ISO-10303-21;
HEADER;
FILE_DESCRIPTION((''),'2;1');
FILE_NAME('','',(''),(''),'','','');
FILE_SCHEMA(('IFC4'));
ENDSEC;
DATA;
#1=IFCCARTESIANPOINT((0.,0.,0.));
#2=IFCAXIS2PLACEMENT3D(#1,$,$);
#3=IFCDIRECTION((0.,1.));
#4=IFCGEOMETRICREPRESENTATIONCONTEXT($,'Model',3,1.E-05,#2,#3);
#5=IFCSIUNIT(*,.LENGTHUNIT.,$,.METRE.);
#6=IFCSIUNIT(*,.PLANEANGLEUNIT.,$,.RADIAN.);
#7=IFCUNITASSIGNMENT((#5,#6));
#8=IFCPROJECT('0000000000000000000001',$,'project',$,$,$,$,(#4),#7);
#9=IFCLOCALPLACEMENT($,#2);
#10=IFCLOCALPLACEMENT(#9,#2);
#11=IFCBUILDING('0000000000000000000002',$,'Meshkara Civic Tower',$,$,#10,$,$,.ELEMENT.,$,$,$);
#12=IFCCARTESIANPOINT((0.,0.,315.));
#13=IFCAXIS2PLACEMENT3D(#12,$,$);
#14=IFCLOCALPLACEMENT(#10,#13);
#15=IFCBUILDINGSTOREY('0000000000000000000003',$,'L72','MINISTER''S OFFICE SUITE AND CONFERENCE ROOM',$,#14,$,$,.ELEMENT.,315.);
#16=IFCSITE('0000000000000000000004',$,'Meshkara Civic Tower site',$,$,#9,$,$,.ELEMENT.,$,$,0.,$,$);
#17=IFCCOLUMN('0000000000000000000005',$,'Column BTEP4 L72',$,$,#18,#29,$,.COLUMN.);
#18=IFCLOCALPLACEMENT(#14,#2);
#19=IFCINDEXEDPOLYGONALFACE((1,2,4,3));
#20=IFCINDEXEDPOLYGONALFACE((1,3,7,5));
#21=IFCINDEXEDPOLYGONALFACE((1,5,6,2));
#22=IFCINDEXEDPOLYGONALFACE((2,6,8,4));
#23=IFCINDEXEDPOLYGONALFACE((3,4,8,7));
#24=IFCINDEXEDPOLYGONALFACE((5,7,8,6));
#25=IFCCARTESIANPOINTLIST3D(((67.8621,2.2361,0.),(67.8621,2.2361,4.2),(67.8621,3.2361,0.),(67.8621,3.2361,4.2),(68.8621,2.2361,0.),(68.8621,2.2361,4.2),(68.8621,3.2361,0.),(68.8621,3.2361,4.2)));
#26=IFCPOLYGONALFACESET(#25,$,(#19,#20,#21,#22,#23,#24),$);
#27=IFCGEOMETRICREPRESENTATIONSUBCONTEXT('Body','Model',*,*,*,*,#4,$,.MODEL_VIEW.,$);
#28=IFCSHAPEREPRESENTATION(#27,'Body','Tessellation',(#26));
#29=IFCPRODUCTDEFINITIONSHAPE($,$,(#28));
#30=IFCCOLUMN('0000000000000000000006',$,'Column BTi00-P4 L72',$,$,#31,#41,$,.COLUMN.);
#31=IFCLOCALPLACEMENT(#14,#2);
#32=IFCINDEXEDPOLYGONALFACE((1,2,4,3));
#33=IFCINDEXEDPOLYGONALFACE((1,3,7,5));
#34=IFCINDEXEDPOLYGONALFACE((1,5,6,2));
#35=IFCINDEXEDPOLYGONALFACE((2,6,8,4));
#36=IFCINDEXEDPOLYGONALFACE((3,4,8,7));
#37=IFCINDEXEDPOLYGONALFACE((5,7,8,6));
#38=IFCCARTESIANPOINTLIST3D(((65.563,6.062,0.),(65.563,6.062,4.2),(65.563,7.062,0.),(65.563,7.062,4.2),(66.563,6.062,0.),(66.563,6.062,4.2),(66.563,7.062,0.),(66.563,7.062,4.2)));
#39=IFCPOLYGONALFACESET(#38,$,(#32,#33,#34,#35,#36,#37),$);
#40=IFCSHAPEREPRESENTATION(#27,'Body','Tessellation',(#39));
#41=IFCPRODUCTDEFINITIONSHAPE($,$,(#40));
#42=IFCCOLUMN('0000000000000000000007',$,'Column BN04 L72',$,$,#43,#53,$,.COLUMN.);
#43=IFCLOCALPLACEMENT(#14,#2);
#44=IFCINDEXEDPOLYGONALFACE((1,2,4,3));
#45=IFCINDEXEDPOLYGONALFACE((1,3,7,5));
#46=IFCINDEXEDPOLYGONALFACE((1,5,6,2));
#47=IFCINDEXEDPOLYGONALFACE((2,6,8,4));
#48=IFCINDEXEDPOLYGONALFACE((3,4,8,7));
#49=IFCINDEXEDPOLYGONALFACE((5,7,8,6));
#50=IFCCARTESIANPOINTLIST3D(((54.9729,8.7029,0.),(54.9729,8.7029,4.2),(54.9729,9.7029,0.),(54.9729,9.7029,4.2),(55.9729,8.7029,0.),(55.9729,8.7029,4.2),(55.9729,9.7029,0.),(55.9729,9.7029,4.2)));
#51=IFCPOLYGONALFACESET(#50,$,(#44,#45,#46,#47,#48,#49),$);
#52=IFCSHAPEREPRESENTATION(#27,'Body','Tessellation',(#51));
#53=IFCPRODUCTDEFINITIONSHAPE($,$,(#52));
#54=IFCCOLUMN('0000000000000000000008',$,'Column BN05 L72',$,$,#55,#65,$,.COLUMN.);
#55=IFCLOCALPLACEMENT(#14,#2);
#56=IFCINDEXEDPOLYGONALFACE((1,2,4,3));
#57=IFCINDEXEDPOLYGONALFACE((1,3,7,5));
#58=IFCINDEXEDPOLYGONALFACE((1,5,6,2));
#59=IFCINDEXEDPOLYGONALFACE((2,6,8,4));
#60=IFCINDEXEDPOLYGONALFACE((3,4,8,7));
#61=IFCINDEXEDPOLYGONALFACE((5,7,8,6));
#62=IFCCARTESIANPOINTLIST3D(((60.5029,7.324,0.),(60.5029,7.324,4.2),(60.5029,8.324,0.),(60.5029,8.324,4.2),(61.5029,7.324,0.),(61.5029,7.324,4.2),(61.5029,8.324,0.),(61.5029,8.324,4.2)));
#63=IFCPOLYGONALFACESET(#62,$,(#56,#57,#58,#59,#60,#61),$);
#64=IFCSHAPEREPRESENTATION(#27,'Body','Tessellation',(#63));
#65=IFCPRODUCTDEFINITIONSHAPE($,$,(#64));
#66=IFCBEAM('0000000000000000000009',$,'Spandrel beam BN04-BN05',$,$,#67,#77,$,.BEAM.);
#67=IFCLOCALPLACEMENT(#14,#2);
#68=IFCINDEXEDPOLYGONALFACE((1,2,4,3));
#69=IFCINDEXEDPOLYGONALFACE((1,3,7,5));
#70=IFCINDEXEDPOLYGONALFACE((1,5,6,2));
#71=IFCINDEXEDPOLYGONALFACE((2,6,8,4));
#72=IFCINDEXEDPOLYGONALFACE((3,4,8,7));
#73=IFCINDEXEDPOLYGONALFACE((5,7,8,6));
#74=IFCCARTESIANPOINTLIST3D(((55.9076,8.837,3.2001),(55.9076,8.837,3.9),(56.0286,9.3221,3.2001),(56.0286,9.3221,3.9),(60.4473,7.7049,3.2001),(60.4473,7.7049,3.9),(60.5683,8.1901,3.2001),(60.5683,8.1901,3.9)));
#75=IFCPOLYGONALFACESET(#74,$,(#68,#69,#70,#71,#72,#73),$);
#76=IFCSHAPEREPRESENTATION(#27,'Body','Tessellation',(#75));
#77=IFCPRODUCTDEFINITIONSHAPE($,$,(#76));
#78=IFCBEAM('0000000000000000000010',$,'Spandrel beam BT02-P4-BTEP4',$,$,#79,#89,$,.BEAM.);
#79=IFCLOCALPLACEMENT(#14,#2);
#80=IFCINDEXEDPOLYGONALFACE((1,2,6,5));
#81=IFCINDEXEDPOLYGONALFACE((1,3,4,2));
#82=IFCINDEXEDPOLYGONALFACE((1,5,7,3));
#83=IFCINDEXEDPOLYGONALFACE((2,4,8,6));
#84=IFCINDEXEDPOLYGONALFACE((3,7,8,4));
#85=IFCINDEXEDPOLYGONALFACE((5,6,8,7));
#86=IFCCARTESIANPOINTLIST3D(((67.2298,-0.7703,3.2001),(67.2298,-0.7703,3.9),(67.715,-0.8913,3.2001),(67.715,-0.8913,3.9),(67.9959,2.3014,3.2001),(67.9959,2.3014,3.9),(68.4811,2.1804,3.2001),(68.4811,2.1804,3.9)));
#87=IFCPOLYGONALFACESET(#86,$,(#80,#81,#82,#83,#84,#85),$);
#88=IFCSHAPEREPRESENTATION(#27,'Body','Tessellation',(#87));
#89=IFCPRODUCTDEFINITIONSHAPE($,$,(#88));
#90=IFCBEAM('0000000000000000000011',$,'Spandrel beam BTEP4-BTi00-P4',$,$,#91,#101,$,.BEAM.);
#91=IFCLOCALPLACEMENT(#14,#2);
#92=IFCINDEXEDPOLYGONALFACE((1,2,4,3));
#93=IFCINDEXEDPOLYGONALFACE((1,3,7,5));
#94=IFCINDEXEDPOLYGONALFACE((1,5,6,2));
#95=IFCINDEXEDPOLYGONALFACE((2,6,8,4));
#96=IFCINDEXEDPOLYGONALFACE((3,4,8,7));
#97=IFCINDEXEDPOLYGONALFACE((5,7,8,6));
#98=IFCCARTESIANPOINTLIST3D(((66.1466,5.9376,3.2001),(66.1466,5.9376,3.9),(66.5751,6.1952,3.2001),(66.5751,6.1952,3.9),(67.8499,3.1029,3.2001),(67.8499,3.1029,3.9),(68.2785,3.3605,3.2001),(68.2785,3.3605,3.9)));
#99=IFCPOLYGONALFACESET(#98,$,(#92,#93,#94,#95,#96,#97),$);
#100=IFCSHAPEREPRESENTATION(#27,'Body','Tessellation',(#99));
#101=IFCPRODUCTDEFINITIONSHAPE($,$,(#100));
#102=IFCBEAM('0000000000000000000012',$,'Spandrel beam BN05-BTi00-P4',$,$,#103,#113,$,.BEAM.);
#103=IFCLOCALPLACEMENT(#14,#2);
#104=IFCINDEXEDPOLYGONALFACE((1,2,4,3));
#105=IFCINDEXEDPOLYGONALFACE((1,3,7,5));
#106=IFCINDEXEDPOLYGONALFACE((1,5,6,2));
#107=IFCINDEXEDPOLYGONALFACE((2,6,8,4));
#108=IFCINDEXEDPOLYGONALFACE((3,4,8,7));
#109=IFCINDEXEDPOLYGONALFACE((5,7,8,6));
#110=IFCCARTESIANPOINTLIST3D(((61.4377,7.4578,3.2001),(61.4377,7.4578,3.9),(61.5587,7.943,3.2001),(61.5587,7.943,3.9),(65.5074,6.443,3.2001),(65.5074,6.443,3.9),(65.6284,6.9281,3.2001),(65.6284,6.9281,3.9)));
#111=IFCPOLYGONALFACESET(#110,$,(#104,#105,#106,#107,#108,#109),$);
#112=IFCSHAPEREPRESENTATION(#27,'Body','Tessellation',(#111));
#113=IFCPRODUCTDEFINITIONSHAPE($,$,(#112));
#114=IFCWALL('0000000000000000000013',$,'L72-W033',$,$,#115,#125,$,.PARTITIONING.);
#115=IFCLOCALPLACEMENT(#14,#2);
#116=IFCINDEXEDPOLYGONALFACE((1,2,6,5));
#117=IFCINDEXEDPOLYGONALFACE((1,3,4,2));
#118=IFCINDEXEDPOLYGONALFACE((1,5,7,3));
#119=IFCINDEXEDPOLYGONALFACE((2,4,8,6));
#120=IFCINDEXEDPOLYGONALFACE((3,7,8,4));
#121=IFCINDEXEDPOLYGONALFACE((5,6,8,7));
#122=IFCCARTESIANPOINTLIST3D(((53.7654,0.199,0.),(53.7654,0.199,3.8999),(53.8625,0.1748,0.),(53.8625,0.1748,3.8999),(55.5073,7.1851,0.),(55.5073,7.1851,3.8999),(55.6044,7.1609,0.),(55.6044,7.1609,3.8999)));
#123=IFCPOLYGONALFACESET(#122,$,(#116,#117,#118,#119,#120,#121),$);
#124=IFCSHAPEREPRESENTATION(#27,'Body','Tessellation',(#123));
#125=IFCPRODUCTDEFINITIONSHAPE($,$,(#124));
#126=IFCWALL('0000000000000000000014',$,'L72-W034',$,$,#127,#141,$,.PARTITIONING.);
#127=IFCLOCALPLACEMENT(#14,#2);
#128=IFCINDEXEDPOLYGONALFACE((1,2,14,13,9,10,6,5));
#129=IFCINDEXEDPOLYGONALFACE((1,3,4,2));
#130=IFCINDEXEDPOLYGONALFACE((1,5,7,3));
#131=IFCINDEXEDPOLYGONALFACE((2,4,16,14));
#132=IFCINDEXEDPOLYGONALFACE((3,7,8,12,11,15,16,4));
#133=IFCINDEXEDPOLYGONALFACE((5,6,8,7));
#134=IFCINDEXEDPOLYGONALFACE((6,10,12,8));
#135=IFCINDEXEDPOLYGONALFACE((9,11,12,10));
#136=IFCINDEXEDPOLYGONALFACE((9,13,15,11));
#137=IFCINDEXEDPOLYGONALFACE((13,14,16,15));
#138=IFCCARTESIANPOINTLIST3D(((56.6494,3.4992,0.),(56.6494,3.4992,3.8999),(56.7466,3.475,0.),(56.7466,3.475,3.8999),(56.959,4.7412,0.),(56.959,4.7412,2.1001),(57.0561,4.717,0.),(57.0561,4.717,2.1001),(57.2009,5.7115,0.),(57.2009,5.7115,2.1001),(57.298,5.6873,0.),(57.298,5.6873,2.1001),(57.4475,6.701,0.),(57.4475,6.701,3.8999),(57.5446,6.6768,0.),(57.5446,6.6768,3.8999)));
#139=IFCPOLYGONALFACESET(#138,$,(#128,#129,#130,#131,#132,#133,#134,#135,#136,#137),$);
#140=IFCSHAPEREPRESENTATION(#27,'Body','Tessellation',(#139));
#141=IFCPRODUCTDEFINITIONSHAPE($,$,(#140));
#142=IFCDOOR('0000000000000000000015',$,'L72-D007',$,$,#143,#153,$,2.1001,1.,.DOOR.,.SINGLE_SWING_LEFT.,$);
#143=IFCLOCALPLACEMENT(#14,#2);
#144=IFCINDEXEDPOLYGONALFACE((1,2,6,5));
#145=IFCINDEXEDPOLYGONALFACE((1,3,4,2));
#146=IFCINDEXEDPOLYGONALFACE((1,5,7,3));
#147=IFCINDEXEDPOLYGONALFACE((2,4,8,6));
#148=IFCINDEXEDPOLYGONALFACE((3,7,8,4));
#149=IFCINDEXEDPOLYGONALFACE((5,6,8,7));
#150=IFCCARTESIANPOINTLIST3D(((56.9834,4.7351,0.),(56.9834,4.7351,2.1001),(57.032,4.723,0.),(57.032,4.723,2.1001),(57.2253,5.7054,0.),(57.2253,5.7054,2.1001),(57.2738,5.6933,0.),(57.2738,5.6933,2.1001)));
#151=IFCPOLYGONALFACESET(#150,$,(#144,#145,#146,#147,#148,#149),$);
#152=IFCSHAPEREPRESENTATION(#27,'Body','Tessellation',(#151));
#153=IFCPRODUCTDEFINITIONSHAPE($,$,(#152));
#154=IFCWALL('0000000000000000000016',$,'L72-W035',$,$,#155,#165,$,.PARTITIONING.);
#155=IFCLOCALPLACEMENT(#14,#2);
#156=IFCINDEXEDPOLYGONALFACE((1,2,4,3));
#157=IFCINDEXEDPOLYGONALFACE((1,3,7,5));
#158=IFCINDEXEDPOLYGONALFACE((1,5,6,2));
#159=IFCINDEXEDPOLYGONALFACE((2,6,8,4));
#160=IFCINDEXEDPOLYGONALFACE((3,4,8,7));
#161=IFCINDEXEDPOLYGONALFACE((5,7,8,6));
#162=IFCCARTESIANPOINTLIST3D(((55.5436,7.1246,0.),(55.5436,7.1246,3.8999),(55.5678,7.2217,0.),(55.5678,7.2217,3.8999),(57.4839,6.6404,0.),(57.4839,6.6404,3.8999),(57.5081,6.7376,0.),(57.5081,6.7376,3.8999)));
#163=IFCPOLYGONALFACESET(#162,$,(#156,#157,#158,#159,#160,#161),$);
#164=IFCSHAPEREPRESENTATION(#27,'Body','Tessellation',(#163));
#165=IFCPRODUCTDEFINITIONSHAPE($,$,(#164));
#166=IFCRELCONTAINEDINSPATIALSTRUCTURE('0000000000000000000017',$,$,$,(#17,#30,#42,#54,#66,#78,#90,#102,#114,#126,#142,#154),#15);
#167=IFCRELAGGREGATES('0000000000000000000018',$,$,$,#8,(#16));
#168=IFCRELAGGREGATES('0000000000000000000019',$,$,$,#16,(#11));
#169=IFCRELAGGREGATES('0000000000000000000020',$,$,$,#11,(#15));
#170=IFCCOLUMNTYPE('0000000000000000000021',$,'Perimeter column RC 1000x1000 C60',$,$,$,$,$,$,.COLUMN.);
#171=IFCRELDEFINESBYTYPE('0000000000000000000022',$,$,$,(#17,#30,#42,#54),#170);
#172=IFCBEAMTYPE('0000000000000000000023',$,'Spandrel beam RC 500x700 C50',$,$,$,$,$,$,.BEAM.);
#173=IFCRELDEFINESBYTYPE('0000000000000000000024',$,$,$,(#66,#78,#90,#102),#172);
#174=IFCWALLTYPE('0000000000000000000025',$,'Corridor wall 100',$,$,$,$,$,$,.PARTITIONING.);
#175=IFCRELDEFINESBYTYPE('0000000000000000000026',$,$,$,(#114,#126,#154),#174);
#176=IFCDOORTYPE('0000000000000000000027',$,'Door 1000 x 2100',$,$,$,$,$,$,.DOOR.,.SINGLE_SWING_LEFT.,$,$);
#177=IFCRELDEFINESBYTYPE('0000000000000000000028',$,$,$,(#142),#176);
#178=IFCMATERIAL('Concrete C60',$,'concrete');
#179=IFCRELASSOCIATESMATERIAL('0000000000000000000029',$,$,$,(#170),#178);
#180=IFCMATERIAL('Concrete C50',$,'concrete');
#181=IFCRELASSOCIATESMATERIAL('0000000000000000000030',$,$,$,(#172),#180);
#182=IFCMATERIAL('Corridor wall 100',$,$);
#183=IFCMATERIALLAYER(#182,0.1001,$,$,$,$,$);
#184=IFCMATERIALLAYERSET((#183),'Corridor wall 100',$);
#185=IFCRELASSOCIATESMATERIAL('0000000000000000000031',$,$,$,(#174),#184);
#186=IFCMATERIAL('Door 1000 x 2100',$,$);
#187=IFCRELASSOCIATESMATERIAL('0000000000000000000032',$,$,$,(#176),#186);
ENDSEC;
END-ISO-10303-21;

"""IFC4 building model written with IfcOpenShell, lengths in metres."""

from ifc_helpers import new_model, si_unit, direction, frame, frame_2d, origin, origin_2d, place, context, subcontext, project, spatial, rectangle, extrude, material, layer, layer_set, material_profile, profile_set, type_object, element, fill, save


model = new_model("IFC4")

# Units and contexts
model_context = context("Model", 3, precision=1e-05, world=origin(), true_north=direction((0.0, 1.0)))
body_context = subcontext(model_context, "Body", "Model", "MODEL_VIEW")
ifc_project = project(units=[si_unit("LENGTHUNIT", "METRE"), si_unit("PLANEANGLEUNIT", "RADIAN")], contexts=[model_context])

# Site, building, storey
site_placement = place(None, origin())
site = spatial("IfcSite", under=ifc_project, at=site_placement, Name="Meshkara Civic Tower site", CompositionType="ELEMENT", RefElevation=0.0)
building_placement = place(site_placement, origin())
building = spatial("IfcBuilding", under=site, at=building_placement, Name="Meshkara Civic Tower", CompositionType="ELEMENT")
storey_placement = place(building_placement, frame((0.0, 0.0, 315.0)))
storey = spatial("IfcBuildingStorey", under=building, at=storey_placement, Name="L72", Description="MINISTER'S OFFICE SUITE AND CONFERENCE ROOM", CompositionType="ELEMENT", Elevation=315.0)

# Columns
ifc_material_1 = material(Name="Concrete C60", Category="concrete")
ifc_material_profile_1 = material_profile(ifc_material_1, rectangle(XDim=1.0, YDim=1.0, at=origin_2d()))
ifc_profile_set_1 = profile_set([ifc_material_profile_1], Name="Concrete C60")
column_type = type_object("IfcColumnType", Name="Perimeter column RC 1000x1000 C60", PredefinedType="COLUMN", material=ifc_profile_set_1)
for number, where, z_axis, x_axis, name in (
    (1, (68.3621, 2.7361, 0.0), (0.0, 0.0, 1.0), (1.0, 0.0, 0.0), "Column BTEP4 L72"),
    (2, (66.063, 6.562, 0.0), (0.0, 0.0, 1.0), (1.0, 0.0, 0.0), "Column BTi00-P4 L72"),
    (3, (55.4729, 9.2029, 0.0), (0.0, 0.0, 1.0), (1.0, 0.0, 0.0), "Column BN04 L72"),
    (4, (61.0029, 7.824, 0.0), (0.0, 0.0, 1.0), (1.0, 0.0, 0.0), "Column BN05 L72"),
):
    element("IfcColumn", number, at=place(storey_placement, frame(where, z_axis=z_axis, x_axis=x_axis)), inside=storey, type_object=column_type, Name=name, PredefinedType="COLUMN", context=body_context, shape_type="SweptSolid", body=[
        extrude(rectangle(XDim=1.0, YDim=1.0, at=origin_2d()), origin(), (0.0, 0.0, 1.0), 4.2),
    ])

# Beams
ifc_material_2 = material(Name="Concrete C50", Category="concrete")
ifc_material_profile_2 = material_profile(ifc_material_2, rectangle(XDim=0.5, YDim=0.7, at=origin_2d()))
ifc_profile_set_2 = profile_set([ifc_material_profile_2], Name="Concrete C50")
beam_type = type_object("IfcBeamType", Name="Spandrel beam RC 500x700 C50", PredefinedType="BEAM", material=ifc_profile_set_2)
beam_1_placement = place(storey_placement, frame((60.5078, 7.9475, 3.55), z_axis=(-0.970287, 0.241959, 0.0), x_axis=(-0.241959, -0.970287, 0.0)))
element("IfcBeam", 5, at=beam_1_placement, inside=storey, type_object=beam_type, Name="Spandrel beam BN04-BN05", PredefinedType="BEAM", context=body_context, shape_type="SweptSolid", body=[
    extrude(rectangle(XDim=0.5, YDim=0.7, at=origin_2d()), origin(), (0.0, 0.0, 1.0), 4.6787),
])
beam_2_placement = place(storey_placement, frame((67.4724, -0.8308, 3.55), z_axis=(0.241991, 0.970278, 0.0), x_axis=(-0.970278, 0.241991, 0.0)))
element("IfcBeam", 6, at=beam_2_placement, inside=storey, type_object=beam_type, Name="Spandrel beam BT02-P4-BTEP4", PredefinedType="BEAM", context=body_context, shape_type="SweptSolid", body=[
    extrude(rectangle(XDim=0.5, YDim=0.7, at=origin_2d()), origin(), (0.0, 0.0, 1.0), 3.1658),
])
beam_3_placement = place(storey_placement, frame((68.0642, 3.2317, 3.55), z_axis=(-0.51506, 0.857154, 0.0), x_axis=(-0.857154, -0.51506, 0.0)))
element("IfcBeam", 7, at=beam_3_placement, inside=storey, type_object=beam_type, Name="Spandrel beam BTEP4-BTi00-P4", PredefinedType="BEAM", context=body_context, shape_type="SweptSolid", body=[
    extrude(rectangle(XDim=0.5, YDim=0.7, at=origin_2d()), origin(), (0.0, 0.0, 1.0), 3.3071),
])
beam_4_placement = place(storey_placement, frame((65.5679, 6.6855, 3.55), z_axis=(-0.970286, 0.24196, 0.0), x_axis=(-0.24196, -0.970286, 0.0)))
element("IfcBeam", 8, at=beam_4_placement, inside=storey, type_object=beam_type, Name="Spandrel beam BN05-BTi00-P4", PredefinedType="BEAM", context=body_context, shape_type="SweptSolid", body=[
    extrude(rectangle(XDim=0.5, YDim=0.7, at=origin_2d()), origin(), (0.0, 0.0, 1.0), 4.1943),
])

# Wall
ifc_material_3 = material(Name="Corridor wall 100")
ifc_layer_1 = layer(ifc_material_3, 0.1001)
ifc_layer_set_1 = layer_set([ifc_layer_1], Name="Corridor wall 100")
wall_type_1 = type_object("IfcWallType", Name="Corridor wall 100", PredefinedType="PARTITIONING", material=ifc_layer_set_1)
wall_1_placement = place(storey_placement, frame((55.5559, 7.1731, 0.0), z_axis=(0.0, 0.0, 1.0), x_axis=(-0.241937, -0.970292, 0.0)))
element("IfcWall", 9, at=wall_1_placement, inside=storey, type_object=wall_type_1, Name="L72-W033", PredefinedType="PARTITIONING", context=body_context, shape_type="SweptSolid", body=[
    extrude(rectangle(XDim=7.2, YDim=0.1001, at=frame_2d((3.6001, 0.0))), origin(), (0.0, 0.0, 1.0), 3.8999),
])

# Wall, opening, door
wall_2_placement = place(storey_placement, frame((56.698, 3.4871, 0.0), z_axis=(0.0, 0.0, 1.0), x_axis=(0.241857, 0.970312, 0.0)))
wall_2 = element("IfcWall", 10, at=wall_2_placement, inside=storey, type_object=wall_type_1, Name="L72-W034", PredefinedType="PARTITIONING", context=body_context, shape_type="SweptSolid", body=[
    extrude(rectangle(XDim=3.2998, YDim=0.1001, at=frame_2d((1.6499, 0.0))), origin(), (0.0, 0.0, 1.0), 3.8999),
])
opening_1_placement = place(wall_2_placement, frame((1.28, 0.0, 0.0)))
opening_1 = element("IfcOpeningElement", 11, at=opening_1_placement, cuts=wall_2, PredefinedType="OPENING", context=body_context, shape_type="SweptSolid", body=[
    extrude(rectangle(XDim=1.0, YDim=2.1001, at=frame_2d((0.5, 1.05))), frame((0.0, 0.0601, 0.0), z_axis=(0.0, -1.0, 0.0), x_axis=(1.0, 0.0, 0.0)), (0.0, 0.0, 1.0), 0.1201),
])
ifc_material_4 = material(Name="Door 1000 x 2100")
door_type = type_object("IfcDoorType", Name="Door 1000 x 2100", OperationType="SINGLE_SWING_LEFT", PredefinedType="DOOR", material=ifc_material_4)
door_placement = place(opening_1_placement, origin())
door = element("IfcDoor", 12, at=door_placement, inside=storey, type_object=door_type, Name="L72-D007", OperationType="SINGLE_SWING_LEFT", OverallHeight=2.1001, OverallWidth=1.0, PredefinedType="DOOR", context=body_context, shape_type="SweptSolid", body=[
    extrude(rectangle(XDim=1.0, YDim=2.1001, at=frame_2d((0.5, 1.05))), frame((0.0, 0.0249, 0.0), z_axis=(0.0, -1.0, 0.0), x_axis=(1.0, 0.0, 0.0)), (0.0, 0.0, 1.0), 0.05),
])
fill(opening_1, door)

# Wall
wall_3_placement = place(storey_placement, frame((57.4961, 6.689, 0.0), z_axis=(0.0, 0.0, 1.0), x_axis=(-0.97025, 0.242105, 0.0)))
element("IfcWall", 13, at=wall_3_placement, inside=storey, type_object=wall_type_1, Name="L72-W035", PredefinedType="PARTITIONING", context=body_context, shape_type="SweptSolid", body=[
    extrude(rectangle(XDim=1.9998, YDim=0.1001, at=frame_2d((1.0, 0.0))), origin(), (0.0, 0.0, 1.0), 3.8999),
])

save(model, "model.ifc")
